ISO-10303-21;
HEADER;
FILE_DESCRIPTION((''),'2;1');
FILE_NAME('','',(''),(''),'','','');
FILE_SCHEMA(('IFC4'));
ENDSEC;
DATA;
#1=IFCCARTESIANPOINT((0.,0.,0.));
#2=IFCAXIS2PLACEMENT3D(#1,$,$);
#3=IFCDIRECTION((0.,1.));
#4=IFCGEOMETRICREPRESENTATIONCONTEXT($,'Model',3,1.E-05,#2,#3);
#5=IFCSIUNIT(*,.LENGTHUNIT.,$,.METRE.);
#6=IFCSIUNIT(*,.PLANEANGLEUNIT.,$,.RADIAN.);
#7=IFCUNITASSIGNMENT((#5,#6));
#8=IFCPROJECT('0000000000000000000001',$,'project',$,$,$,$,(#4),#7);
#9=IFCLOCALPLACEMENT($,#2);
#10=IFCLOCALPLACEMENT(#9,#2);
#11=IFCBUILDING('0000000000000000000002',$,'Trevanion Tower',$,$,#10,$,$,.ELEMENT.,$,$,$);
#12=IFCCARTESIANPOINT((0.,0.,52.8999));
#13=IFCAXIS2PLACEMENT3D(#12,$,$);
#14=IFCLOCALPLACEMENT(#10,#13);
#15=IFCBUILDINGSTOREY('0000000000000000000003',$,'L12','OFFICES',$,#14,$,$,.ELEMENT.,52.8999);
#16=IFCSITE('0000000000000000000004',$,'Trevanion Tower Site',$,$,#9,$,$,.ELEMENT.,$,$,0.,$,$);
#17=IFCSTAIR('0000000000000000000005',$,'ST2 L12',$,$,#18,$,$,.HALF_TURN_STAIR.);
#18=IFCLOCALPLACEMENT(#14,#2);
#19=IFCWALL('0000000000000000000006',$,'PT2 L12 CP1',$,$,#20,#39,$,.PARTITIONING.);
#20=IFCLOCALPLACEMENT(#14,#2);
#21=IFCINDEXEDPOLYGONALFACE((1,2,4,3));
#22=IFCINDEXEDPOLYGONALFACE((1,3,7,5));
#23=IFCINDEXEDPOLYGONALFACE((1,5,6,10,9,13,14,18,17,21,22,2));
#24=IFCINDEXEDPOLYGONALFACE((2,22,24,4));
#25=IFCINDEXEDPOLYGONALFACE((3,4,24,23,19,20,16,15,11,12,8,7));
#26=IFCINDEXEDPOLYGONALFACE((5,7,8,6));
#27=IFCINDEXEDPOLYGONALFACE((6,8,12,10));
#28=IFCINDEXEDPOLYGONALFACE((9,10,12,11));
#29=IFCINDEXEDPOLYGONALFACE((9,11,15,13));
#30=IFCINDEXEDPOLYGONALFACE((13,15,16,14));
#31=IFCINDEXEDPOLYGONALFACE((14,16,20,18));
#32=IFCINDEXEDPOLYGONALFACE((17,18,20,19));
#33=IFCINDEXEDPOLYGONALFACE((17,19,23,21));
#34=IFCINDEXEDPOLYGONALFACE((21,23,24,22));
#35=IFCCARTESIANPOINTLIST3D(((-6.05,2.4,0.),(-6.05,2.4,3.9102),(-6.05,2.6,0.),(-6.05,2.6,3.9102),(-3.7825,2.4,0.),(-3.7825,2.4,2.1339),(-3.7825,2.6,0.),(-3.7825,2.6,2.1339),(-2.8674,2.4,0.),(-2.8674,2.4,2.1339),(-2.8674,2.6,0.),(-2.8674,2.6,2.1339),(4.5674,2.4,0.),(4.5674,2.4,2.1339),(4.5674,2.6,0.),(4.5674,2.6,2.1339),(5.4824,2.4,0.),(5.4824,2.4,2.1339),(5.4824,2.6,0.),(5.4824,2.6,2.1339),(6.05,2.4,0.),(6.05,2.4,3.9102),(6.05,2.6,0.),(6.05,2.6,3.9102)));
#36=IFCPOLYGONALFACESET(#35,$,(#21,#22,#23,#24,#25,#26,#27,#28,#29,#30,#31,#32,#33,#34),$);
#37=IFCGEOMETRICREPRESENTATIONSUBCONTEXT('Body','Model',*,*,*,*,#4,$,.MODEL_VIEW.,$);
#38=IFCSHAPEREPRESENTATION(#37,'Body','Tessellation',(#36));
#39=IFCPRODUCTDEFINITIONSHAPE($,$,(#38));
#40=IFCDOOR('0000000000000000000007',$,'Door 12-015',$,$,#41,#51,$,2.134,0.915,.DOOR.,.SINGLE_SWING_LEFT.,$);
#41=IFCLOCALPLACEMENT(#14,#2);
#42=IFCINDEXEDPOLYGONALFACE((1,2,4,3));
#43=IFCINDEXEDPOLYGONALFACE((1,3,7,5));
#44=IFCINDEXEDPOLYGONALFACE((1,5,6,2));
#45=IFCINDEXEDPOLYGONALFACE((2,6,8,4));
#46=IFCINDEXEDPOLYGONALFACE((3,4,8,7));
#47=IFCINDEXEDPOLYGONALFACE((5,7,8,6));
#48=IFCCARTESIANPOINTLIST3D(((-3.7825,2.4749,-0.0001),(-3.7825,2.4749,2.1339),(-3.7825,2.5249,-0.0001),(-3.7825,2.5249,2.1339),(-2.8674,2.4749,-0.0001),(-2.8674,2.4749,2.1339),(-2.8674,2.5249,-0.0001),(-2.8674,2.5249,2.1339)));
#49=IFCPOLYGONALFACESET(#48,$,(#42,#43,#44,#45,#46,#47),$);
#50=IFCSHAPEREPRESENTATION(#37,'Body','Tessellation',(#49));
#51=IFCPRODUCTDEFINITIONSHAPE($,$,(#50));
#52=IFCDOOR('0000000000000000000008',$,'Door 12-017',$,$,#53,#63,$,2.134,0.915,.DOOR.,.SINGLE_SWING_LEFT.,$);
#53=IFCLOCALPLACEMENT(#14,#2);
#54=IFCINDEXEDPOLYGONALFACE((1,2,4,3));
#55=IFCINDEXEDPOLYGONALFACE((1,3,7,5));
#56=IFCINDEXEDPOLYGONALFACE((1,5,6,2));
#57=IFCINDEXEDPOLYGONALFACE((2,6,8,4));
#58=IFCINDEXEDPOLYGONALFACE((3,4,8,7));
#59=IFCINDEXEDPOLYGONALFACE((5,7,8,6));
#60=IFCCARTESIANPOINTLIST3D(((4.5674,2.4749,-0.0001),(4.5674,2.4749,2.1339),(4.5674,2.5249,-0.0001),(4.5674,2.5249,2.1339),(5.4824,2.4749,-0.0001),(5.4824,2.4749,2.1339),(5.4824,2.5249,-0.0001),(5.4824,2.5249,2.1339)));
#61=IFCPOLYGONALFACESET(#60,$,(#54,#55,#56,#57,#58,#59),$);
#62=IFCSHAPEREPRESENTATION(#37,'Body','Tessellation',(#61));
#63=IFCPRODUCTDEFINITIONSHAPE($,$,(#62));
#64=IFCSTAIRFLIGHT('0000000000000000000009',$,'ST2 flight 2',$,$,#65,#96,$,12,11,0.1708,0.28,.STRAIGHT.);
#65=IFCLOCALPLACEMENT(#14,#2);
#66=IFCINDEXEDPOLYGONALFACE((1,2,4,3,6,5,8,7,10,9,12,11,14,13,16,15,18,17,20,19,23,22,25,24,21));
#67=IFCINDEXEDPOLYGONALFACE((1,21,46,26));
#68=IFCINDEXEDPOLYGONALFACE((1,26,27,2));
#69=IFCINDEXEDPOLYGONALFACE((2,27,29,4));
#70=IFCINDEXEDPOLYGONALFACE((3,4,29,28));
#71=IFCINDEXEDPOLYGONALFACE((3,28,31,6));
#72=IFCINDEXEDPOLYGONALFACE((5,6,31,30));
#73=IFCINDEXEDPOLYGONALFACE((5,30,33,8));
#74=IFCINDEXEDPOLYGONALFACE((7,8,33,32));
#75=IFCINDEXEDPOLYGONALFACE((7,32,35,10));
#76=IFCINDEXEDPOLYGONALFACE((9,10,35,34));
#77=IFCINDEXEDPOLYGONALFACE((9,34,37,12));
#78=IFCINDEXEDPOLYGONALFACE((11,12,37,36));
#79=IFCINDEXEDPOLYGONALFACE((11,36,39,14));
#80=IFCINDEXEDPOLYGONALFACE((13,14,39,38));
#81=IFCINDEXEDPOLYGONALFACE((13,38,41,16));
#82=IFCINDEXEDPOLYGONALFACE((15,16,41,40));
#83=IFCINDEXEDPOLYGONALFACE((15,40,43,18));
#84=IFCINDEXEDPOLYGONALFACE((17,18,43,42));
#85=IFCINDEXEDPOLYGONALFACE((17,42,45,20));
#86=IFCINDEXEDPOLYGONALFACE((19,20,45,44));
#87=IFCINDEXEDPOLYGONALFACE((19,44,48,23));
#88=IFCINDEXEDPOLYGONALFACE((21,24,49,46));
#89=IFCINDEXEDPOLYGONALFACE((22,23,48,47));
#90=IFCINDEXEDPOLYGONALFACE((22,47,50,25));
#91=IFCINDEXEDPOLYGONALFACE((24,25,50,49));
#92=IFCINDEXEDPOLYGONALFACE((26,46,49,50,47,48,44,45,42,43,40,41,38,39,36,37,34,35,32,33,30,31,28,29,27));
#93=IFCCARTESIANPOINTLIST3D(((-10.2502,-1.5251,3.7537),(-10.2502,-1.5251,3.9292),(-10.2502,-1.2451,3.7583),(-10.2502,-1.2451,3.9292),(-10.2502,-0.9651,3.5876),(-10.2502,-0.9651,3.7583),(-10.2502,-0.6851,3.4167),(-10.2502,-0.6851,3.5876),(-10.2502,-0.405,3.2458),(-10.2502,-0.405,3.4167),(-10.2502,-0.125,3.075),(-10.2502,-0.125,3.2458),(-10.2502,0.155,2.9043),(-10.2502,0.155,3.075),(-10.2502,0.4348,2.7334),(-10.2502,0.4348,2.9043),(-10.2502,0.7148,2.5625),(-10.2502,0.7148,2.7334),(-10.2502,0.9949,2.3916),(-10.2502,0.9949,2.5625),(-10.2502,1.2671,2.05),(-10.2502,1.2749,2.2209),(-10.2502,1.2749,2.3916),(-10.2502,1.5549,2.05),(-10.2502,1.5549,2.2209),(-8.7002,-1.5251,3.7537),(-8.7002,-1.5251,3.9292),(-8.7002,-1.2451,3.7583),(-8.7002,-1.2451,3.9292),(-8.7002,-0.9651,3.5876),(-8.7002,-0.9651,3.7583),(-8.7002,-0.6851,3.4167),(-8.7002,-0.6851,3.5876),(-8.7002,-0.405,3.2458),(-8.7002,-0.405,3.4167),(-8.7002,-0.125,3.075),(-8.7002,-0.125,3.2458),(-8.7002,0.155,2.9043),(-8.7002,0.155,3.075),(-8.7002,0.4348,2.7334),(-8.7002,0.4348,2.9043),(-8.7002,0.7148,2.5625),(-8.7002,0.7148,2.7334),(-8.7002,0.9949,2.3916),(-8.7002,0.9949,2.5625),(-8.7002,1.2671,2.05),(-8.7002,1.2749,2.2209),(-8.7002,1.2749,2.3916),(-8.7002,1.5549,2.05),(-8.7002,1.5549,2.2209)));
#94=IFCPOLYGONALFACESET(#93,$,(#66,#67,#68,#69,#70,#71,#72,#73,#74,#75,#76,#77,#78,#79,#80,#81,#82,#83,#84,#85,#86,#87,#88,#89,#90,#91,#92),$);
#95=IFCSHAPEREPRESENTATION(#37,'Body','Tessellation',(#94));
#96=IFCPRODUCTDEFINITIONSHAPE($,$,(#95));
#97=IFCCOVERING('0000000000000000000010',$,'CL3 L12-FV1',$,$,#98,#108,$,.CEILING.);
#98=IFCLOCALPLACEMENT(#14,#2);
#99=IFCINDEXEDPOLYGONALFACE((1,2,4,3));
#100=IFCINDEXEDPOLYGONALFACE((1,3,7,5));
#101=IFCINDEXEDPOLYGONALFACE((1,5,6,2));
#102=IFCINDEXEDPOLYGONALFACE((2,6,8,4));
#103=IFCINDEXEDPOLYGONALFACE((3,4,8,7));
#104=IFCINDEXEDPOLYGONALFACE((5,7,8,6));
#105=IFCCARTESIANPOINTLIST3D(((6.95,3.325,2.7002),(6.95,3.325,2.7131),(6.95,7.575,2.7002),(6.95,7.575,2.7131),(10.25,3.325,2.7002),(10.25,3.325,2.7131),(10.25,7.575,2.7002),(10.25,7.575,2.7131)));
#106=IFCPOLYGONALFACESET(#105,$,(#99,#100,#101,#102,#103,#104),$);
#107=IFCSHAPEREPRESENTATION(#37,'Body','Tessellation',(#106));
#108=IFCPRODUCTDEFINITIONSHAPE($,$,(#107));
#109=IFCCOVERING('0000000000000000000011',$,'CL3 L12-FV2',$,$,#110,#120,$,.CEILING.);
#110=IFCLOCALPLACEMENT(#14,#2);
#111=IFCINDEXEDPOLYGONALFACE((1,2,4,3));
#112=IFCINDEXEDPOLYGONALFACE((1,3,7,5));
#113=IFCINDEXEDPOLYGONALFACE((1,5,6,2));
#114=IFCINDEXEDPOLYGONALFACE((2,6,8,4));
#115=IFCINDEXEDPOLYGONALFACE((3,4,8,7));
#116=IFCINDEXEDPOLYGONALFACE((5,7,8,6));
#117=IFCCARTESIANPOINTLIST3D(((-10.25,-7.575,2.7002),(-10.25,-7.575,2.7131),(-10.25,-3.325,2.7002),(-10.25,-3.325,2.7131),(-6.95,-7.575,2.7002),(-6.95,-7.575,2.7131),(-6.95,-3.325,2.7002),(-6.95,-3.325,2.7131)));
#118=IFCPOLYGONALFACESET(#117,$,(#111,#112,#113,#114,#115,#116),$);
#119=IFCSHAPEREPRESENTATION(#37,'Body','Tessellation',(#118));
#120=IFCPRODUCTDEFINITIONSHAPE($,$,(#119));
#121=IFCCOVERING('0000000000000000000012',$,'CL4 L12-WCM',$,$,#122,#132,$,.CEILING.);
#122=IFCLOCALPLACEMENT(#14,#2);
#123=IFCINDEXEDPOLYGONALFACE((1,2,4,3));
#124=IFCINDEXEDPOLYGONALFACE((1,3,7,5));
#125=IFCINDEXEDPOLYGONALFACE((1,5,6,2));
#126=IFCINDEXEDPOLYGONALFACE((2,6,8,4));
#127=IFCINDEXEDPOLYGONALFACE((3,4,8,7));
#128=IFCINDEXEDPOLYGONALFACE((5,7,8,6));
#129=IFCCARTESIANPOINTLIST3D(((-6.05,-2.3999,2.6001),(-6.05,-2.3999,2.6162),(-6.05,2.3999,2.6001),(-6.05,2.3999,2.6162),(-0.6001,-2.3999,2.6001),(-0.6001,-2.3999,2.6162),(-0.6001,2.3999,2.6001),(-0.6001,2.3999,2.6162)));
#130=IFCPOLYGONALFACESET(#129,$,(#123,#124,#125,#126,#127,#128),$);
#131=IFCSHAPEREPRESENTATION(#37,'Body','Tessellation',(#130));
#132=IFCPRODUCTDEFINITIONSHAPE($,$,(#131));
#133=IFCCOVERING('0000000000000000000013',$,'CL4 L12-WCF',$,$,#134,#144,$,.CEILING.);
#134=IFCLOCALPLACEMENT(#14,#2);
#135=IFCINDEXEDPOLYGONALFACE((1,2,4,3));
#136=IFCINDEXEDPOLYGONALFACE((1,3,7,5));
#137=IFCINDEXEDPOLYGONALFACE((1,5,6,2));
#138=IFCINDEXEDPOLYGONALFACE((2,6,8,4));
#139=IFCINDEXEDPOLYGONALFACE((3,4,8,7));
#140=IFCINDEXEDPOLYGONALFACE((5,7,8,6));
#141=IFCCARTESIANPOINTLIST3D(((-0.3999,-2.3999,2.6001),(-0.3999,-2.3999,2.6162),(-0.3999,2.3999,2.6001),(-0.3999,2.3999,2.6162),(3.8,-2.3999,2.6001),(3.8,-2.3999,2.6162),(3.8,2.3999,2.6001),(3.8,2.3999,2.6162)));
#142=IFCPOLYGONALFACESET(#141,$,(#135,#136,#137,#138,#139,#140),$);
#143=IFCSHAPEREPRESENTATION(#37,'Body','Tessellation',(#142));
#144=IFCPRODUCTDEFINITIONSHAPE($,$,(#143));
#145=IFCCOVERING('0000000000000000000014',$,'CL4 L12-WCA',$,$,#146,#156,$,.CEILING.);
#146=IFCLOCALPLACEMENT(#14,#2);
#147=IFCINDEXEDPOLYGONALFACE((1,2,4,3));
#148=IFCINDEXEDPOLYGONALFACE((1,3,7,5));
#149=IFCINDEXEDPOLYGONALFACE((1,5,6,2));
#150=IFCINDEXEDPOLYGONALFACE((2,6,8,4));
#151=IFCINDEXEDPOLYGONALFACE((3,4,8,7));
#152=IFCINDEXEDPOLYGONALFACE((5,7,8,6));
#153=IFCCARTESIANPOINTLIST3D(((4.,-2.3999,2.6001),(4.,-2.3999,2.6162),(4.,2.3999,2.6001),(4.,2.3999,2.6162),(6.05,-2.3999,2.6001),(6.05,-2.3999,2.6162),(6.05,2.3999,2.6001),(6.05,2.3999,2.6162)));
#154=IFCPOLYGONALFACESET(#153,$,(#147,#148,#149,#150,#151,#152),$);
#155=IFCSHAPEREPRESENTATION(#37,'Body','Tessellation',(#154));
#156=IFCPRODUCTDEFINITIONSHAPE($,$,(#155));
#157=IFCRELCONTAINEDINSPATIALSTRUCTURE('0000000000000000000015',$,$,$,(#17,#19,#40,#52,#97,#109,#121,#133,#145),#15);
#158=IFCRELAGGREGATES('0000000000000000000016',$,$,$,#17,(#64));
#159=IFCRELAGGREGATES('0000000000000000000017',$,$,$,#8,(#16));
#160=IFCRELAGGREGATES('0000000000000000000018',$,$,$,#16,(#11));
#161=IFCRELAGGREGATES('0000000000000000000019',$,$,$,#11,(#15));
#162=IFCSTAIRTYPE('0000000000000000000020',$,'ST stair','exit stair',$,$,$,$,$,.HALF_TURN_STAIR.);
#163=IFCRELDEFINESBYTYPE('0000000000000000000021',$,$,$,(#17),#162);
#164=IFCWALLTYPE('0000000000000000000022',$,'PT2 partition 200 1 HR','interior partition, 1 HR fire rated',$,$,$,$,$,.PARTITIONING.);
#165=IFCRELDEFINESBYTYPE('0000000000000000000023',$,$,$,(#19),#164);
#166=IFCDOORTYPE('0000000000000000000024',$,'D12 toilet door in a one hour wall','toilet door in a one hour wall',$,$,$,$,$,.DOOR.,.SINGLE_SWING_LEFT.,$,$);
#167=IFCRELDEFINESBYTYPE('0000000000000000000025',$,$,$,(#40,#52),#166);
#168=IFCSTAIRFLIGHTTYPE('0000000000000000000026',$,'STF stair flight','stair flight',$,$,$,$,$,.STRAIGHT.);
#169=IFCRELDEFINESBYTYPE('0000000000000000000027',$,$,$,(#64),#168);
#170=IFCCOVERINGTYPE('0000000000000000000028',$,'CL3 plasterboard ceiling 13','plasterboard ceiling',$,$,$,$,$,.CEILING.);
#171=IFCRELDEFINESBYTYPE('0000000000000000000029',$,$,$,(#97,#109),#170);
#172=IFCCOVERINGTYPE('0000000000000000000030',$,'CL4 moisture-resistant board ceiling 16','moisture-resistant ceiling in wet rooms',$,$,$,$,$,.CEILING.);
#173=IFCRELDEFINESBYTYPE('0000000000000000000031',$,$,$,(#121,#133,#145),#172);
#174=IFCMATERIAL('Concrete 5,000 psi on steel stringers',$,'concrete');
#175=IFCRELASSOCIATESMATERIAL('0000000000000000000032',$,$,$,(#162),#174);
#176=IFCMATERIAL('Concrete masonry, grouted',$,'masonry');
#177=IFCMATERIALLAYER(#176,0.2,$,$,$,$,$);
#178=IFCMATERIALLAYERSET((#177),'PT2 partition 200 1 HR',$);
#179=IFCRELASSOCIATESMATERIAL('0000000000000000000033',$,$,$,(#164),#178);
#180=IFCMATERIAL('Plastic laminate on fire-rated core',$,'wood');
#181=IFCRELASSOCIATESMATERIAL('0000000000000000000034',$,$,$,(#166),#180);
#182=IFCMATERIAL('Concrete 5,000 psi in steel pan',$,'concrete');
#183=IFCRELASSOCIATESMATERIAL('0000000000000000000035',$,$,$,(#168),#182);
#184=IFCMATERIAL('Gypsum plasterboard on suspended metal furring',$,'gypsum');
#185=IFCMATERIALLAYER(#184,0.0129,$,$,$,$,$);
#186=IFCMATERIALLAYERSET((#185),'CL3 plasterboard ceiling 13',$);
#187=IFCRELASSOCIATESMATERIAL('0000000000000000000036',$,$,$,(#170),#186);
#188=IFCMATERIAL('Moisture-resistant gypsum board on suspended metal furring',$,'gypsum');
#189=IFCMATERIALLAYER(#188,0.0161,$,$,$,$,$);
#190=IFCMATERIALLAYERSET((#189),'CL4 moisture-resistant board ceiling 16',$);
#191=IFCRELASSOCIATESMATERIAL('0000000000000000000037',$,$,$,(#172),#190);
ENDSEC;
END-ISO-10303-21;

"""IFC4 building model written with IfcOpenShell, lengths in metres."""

from ifc_helpers import new_model, si_unit, direction, frame, frame_2d, origin, place, context, subcontext, project, spatial, polyline, rectangle, outline, extrude, material, layer, layer_set, type_object, element, fill, aggregate, save


model = new_model("IFC4")

# Units and contexts
model_context = context("Model", 3, precision=1e-05, world=origin(), true_north=direction((0.0, 1.0)))
body_context = subcontext(model_context, "Body", "Model", "MODEL_VIEW")
ifc_project = project(units=[si_unit("LENGTHUNIT", "METRE"), si_unit("PLANEANGLEUNIT", "RADIAN")], contexts=[model_context])

# Site, building, storey
site_placement = place(None, origin())
site = spatial("IfcSite", under=ifc_project, at=site_placement, Name="Trevanion Tower Site", CompositionType="ELEMENT", RefElevation=0.0)
building_placement = place(site_placement, origin())
building = spatial("IfcBuilding", under=site, at=building_placement, Name="Trevanion Tower", CompositionType="ELEMENT")
storey_placement = place(building_placement, frame((0.0, 0.0, 52.8999)))
storey = spatial("IfcBuildingStorey", under=building, at=storey_placement, Name="L12", Description="OFFICES", CompositionType="ELEMENT", Elevation=52.8999)

# Stair
ifc_material_1 = material(Name="Concrete 5,000 psi on steel stringers", Category="concrete")
stair_type = type_object("IfcStairType", Name="ST stair", Description="exit stair", PredefinedType="HALF_TURN_STAIR", material=ifc_material_1)
stair_1_placement = place(storey_placement, origin())
stair_1 = element("IfcStair", 1, at=stair_1_placement, inside=storey, type_object=stair_type, Name="ST2 L12", PredefinedType="HALF_TURN_STAIR")

# Wall, openings, doors
ifc_material_2 = material(Name="Concrete masonry, grouted", Category="masonry")
ifc_layer_1 = layer(ifc_material_2, 0.2)
ifc_layer_set_1 = layer_set([ifc_layer_1], Name="PT2 partition 200 1 HR")
wall_type = type_object("IfcWallType", Name="PT2 partition 200 1 HR", Description="interior partition, 1 HR fire rated", PredefinedType="PARTITIONING", material=ifc_layer_set_1)
wall_placement = place(storey_placement, frame((-6.05, 2.5, 0.0), z_axis=(0.0, 0.0, 1.0), x_axis=(1.0, 0.0, 0.0)))
wall = element("IfcWall", 2, at=wall_placement, inside=storey, type_object=wall_type, Name="PT2 L12 CP1", PredefinedType="PARTITIONING", context=body_context, shape_type="SweptSolid", body=[
    extrude(rectangle(XDim=12.1001, YDim=0.2, at=frame_2d((6.05, 0.0))), origin(), (0.0, 0.0, 1.0), 3.9102),
])
opening_1_placement = place(wall_placement, frame((2.2676, 0.0, 0.0)))
opening_1 = element("IfcOpeningElement", 3, at=opening_1_placement, cuts=wall, PredefinedType="OPENING", context=body_context, shape_type="SweptSolid", body=[
    extrude(rectangle(XDim=0.915, YDim=2.134, at=frame_2d((0.4575, 1.0669))), frame((0.0, 0.1099, 0.0), z_axis=(0.0, -1.0, 0.0), x_axis=(1.0, 0.0, 0.0)), (0.0, 0.0, 1.0), 0.22),
])
opening_2_placement = place(wall_placement, frame((10.6174, 0.0, 0.0)))
opening_2 = element("IfcOpeningElement", 4, at=opening_2_placement, cuts=wall, PredefinedType="OPENING", context=body_context, shape_type="SweptSolid", body=[
    extrude(rectangle(XDim=0.915, YDim=2.134, at=frame_2d((0.4575, 1.0669))), frame((0.0, 0.1099, 0.0), z_axis=(0.0, -1.0, 0.0), x_axis=(1.0, 0.0, 0.0)), (0.0, 0.0, 1.0), 0.22),
])
ifc_material_3 = material(Name="Plastic laminate on fire-rated core", Category="wood")
door_type = type_object("IfcDoorType", Name="D12 toilet door in a one hour wall", Description="toilet door in a one hour wall", OperationType="SINGLE_SWING_LEFT", PredefinedType="DOOR", material=ifc_material_3)
door_1_placement = place(opening_1_placement, origin())
door_1 = element("IfcDoor", 5, at=door_1_placement, inside=storey, type_object=door_type, Name="Door 12-015", OperationType="SINGLE_SWING_LEFT", OverallHeight=2.134, OverallWidth=0.915, PredefinedType="DOOR", context=body_context, shape_type="SweptSolid", body=[
    extrude(rectangle(XDim=0.915, YDim=2.134, at=frame_2d((0.4575, 1.0669))), frame((0.0, 0.0249, 0.0), z_axis=(0.0, -1.0, 0.0), x_axis=(1.0, 0.0, 0.0)), (0.0, 0.0, 1.0), 0.05),
])
fill(opening_1, door_1)
door_2_placement = place(opening_2_placement, origin())
door_2 = element("IfcDoor", 6, at=door_2_placement, inside=storey, type_object=door_type, Name="Door 12-017", OperationType="SINGLE_SWING_LEFT", OverallHeight=2.134, OverallWidth=0.915, PredefinedType="DOOR", context=body_context, shape_type="SweptSolid", body=[
    extrude(rectangle(XDim=0.915, YDim=2.134, at=frame_2d((0.4575, 1.0669))), frame((0.0, 0.0249, 0.0), z_axis=(0.0, -1.0, 0.0), x_axis=(1.0, 0.0, 0.0)), (0.0, 0.0, 1.0), 0.05),
])
fill(opening_2, door_2)

# Stair flight
ifc_material_4 = material(Name="Concrete 5,000 psi in steel pan", Category="concrete")
stair_flight_type = type_object("IfcStairFlightType", Name="STF stair flight", Description="stair flight", PredefinedType="STRAIGHT", material=ifc_material_4)
stair_flight_placement = place(storey_placement, frame((-9.4751, 1.5549, 2.05), z_axis=(0.0, 0.0, 1.0), x_axis=(0.0, -1.0, 0.0)))
stair_flight = element("IfcStairFlight", 7, at=stair_flight_placement, type_object=stair_flight_type, Name="ST2 flight 2", NumberOfRisers=12, NumberOfTreads=11, PredefinedType="STRAIGHT", RiserHeight=0.1708, TreadLength=0.28, context=body_context, shape_type="SweptSolid", body=[
    extrude(outline(polyline([(0.0, 0.0), (0.0, 0.1709), (0.28, 0.1709), (0.28, 0.3416), (0.5601, 0.3416), (0.5601, 0.5125), (0.8401, 0.5125), (0.8401, 0.6833), (1.1201, 0.6833), (1.1201, 0.8542), (1.3999, 0.8542), (1.3999, 1.0249), (1.6799, 1.0249), (1.6799, 1.1958), (1.96, 1.1958), (1.96, 1.3667), (2.24, 1.3667), (2.24, 1.5376), (2.52, 1.5376), (2.52, 1.7083), (2.8, 1.7083), (2.8, 1.8792), (3.0801, 1.8792), (3.0801, 2.05), (3.0801, 1.7036), (0.2878, 0.0), (0.0, 0.0)])), frame((0.0, 0.7749, 0.0), z_axis=(0.0, -1.0, 0.0), x_axis=(1.0, 0.0, 0.0)), (0.0, 0.0, 1.0), 1.55),
])
aggregate(stair_1, [stair_flight])

# Coverings
ifc_material_5 = material(Name="Gypsum plasterboard on suspended metal furring", Category="gypsum")
ifc_layer_2 = layer(ifc_material_5, 0.0129)
ifc_layer_set_2 = layer_set([ifc_layer_2], Name="CL3 plasterboard ceiling 13")
covering_type_1 = type_object("IfcCoveringType", Name="CL3 plasterboard ceiling 13", Description="plasterboard ceiling", PredefinedType="CEILING", material=ifc_layer_set_2)
covering_1_placement = place(storey_placement, frame((0.0, 0.0, 2.7002)))
element("IfcCovering", 8, at=covering_1_placement, inside=storey, type_object=covering_type_1, Name="CL3 L12-FV1", PredefinedType="CEILING", context=body_context, shape_type="SweptSolid", body=[
    extrude(outline(polyline([(10.25, 3.325), (10.25, 7.575), (6.95, 7.575), (6.95, 3.325), (10.25, 3.325)])), origin(), (0.0, 0.0, 1.0), 0.0129),
])
covering_2_placement = place(storey_placement, frame((0.0, 0.0, 2.7002)))
element("IfcCovering", 9, at=covering_2_placement, inside=storey, type_object=covering_type_1, Name="CL3 L12-FV2", PredefinedType="CEILING", context=body_context, shape_type="SweptSolid", body=[
    extrude(outline(polyline([(-10.25, -3.325), (-10.25, -7.575), (-6.95, -7.575), (-6.95, -3.325), (-10.25, -3.325)])), origin(), (0.0, 0.0, 1.0), 0.0129),
])
ifc_material_6 = material(Name="Moisture-resistant gypsum board on suspended metal furring", Category="gypsum")
ifc_layer_3 = layer(ifc_material_6, 0.0161)
ifc_layer_set_3 = layer_set([ifc_layer_3], Name="CL4 moisture-resistant board ceiling 16")
covering_type_2 = type_object("IfcCoveringType", Name="CL4 moisture-resistant board ceiling 16", Description="moisture-resistant ceiling in wet rooms", PredefinedType="CEILING", material=ifc_layer_set_3)
covering_3_placement = place(storey_placement, frame((0.0, 0.0, 2.6001)))
element("IfcCovering", 10, at=covering_3_placement, inside=storey, type_object=covering_type_2, Name="CL4 L12-WCM", PredefinedType="CEILING", context=body_context, shape_type="SweptSolid", body=[
    extrude(outline(polyline([(-0.6001, -2.3999), (-0.6001, 2.3999), (-6.05, 2.3999), (-6.05, -2.3999), (-0.6001, -2.3999)])), origin(), (0.0, 0.0, 1.0), 0.0161),
])
covering_4_placement = place(storey_placement, frame((0.0, 0.0, 2.6001)))
element("IfcCovering", 11, at=covering_4_placement, inside=storey, type_object=covering_type_2, Name="CL4 L12-WCF", PredefinedType="CEILING", context=body_context, shape_type="SweptSolid", body=[
    extrude(outline(polyline([(3.8, -2.3999), (3.8, 2.3999), (-0.3999, 2.3999), (-0.3999, -2.3999), (3.8, -2.3999)])), origin(), (0.0, 0.0, 1.0), 0.0161),
])
covering_5_placement = place(storey_placement, frame((0.0, 0.0, 2.6001)))
element("IfcCovering", 12, at=covering_5_placement, inside=storey, type_object=covering_type_2, Name="CL4 L12-WCA", PredefinedType="CEILING", context=body_context, shape_type="SweptSolid", body=[
    extrude(outline(polyline([(6.05, -2.3999), (6.05, 2.3999), (4.0, 2.3999), (4.0, -2.3999), (6.05, -2.3999)])), origin(), (0.0, 0.0, 1.0), 0.0161),
])

save(model, "model.ifc")
